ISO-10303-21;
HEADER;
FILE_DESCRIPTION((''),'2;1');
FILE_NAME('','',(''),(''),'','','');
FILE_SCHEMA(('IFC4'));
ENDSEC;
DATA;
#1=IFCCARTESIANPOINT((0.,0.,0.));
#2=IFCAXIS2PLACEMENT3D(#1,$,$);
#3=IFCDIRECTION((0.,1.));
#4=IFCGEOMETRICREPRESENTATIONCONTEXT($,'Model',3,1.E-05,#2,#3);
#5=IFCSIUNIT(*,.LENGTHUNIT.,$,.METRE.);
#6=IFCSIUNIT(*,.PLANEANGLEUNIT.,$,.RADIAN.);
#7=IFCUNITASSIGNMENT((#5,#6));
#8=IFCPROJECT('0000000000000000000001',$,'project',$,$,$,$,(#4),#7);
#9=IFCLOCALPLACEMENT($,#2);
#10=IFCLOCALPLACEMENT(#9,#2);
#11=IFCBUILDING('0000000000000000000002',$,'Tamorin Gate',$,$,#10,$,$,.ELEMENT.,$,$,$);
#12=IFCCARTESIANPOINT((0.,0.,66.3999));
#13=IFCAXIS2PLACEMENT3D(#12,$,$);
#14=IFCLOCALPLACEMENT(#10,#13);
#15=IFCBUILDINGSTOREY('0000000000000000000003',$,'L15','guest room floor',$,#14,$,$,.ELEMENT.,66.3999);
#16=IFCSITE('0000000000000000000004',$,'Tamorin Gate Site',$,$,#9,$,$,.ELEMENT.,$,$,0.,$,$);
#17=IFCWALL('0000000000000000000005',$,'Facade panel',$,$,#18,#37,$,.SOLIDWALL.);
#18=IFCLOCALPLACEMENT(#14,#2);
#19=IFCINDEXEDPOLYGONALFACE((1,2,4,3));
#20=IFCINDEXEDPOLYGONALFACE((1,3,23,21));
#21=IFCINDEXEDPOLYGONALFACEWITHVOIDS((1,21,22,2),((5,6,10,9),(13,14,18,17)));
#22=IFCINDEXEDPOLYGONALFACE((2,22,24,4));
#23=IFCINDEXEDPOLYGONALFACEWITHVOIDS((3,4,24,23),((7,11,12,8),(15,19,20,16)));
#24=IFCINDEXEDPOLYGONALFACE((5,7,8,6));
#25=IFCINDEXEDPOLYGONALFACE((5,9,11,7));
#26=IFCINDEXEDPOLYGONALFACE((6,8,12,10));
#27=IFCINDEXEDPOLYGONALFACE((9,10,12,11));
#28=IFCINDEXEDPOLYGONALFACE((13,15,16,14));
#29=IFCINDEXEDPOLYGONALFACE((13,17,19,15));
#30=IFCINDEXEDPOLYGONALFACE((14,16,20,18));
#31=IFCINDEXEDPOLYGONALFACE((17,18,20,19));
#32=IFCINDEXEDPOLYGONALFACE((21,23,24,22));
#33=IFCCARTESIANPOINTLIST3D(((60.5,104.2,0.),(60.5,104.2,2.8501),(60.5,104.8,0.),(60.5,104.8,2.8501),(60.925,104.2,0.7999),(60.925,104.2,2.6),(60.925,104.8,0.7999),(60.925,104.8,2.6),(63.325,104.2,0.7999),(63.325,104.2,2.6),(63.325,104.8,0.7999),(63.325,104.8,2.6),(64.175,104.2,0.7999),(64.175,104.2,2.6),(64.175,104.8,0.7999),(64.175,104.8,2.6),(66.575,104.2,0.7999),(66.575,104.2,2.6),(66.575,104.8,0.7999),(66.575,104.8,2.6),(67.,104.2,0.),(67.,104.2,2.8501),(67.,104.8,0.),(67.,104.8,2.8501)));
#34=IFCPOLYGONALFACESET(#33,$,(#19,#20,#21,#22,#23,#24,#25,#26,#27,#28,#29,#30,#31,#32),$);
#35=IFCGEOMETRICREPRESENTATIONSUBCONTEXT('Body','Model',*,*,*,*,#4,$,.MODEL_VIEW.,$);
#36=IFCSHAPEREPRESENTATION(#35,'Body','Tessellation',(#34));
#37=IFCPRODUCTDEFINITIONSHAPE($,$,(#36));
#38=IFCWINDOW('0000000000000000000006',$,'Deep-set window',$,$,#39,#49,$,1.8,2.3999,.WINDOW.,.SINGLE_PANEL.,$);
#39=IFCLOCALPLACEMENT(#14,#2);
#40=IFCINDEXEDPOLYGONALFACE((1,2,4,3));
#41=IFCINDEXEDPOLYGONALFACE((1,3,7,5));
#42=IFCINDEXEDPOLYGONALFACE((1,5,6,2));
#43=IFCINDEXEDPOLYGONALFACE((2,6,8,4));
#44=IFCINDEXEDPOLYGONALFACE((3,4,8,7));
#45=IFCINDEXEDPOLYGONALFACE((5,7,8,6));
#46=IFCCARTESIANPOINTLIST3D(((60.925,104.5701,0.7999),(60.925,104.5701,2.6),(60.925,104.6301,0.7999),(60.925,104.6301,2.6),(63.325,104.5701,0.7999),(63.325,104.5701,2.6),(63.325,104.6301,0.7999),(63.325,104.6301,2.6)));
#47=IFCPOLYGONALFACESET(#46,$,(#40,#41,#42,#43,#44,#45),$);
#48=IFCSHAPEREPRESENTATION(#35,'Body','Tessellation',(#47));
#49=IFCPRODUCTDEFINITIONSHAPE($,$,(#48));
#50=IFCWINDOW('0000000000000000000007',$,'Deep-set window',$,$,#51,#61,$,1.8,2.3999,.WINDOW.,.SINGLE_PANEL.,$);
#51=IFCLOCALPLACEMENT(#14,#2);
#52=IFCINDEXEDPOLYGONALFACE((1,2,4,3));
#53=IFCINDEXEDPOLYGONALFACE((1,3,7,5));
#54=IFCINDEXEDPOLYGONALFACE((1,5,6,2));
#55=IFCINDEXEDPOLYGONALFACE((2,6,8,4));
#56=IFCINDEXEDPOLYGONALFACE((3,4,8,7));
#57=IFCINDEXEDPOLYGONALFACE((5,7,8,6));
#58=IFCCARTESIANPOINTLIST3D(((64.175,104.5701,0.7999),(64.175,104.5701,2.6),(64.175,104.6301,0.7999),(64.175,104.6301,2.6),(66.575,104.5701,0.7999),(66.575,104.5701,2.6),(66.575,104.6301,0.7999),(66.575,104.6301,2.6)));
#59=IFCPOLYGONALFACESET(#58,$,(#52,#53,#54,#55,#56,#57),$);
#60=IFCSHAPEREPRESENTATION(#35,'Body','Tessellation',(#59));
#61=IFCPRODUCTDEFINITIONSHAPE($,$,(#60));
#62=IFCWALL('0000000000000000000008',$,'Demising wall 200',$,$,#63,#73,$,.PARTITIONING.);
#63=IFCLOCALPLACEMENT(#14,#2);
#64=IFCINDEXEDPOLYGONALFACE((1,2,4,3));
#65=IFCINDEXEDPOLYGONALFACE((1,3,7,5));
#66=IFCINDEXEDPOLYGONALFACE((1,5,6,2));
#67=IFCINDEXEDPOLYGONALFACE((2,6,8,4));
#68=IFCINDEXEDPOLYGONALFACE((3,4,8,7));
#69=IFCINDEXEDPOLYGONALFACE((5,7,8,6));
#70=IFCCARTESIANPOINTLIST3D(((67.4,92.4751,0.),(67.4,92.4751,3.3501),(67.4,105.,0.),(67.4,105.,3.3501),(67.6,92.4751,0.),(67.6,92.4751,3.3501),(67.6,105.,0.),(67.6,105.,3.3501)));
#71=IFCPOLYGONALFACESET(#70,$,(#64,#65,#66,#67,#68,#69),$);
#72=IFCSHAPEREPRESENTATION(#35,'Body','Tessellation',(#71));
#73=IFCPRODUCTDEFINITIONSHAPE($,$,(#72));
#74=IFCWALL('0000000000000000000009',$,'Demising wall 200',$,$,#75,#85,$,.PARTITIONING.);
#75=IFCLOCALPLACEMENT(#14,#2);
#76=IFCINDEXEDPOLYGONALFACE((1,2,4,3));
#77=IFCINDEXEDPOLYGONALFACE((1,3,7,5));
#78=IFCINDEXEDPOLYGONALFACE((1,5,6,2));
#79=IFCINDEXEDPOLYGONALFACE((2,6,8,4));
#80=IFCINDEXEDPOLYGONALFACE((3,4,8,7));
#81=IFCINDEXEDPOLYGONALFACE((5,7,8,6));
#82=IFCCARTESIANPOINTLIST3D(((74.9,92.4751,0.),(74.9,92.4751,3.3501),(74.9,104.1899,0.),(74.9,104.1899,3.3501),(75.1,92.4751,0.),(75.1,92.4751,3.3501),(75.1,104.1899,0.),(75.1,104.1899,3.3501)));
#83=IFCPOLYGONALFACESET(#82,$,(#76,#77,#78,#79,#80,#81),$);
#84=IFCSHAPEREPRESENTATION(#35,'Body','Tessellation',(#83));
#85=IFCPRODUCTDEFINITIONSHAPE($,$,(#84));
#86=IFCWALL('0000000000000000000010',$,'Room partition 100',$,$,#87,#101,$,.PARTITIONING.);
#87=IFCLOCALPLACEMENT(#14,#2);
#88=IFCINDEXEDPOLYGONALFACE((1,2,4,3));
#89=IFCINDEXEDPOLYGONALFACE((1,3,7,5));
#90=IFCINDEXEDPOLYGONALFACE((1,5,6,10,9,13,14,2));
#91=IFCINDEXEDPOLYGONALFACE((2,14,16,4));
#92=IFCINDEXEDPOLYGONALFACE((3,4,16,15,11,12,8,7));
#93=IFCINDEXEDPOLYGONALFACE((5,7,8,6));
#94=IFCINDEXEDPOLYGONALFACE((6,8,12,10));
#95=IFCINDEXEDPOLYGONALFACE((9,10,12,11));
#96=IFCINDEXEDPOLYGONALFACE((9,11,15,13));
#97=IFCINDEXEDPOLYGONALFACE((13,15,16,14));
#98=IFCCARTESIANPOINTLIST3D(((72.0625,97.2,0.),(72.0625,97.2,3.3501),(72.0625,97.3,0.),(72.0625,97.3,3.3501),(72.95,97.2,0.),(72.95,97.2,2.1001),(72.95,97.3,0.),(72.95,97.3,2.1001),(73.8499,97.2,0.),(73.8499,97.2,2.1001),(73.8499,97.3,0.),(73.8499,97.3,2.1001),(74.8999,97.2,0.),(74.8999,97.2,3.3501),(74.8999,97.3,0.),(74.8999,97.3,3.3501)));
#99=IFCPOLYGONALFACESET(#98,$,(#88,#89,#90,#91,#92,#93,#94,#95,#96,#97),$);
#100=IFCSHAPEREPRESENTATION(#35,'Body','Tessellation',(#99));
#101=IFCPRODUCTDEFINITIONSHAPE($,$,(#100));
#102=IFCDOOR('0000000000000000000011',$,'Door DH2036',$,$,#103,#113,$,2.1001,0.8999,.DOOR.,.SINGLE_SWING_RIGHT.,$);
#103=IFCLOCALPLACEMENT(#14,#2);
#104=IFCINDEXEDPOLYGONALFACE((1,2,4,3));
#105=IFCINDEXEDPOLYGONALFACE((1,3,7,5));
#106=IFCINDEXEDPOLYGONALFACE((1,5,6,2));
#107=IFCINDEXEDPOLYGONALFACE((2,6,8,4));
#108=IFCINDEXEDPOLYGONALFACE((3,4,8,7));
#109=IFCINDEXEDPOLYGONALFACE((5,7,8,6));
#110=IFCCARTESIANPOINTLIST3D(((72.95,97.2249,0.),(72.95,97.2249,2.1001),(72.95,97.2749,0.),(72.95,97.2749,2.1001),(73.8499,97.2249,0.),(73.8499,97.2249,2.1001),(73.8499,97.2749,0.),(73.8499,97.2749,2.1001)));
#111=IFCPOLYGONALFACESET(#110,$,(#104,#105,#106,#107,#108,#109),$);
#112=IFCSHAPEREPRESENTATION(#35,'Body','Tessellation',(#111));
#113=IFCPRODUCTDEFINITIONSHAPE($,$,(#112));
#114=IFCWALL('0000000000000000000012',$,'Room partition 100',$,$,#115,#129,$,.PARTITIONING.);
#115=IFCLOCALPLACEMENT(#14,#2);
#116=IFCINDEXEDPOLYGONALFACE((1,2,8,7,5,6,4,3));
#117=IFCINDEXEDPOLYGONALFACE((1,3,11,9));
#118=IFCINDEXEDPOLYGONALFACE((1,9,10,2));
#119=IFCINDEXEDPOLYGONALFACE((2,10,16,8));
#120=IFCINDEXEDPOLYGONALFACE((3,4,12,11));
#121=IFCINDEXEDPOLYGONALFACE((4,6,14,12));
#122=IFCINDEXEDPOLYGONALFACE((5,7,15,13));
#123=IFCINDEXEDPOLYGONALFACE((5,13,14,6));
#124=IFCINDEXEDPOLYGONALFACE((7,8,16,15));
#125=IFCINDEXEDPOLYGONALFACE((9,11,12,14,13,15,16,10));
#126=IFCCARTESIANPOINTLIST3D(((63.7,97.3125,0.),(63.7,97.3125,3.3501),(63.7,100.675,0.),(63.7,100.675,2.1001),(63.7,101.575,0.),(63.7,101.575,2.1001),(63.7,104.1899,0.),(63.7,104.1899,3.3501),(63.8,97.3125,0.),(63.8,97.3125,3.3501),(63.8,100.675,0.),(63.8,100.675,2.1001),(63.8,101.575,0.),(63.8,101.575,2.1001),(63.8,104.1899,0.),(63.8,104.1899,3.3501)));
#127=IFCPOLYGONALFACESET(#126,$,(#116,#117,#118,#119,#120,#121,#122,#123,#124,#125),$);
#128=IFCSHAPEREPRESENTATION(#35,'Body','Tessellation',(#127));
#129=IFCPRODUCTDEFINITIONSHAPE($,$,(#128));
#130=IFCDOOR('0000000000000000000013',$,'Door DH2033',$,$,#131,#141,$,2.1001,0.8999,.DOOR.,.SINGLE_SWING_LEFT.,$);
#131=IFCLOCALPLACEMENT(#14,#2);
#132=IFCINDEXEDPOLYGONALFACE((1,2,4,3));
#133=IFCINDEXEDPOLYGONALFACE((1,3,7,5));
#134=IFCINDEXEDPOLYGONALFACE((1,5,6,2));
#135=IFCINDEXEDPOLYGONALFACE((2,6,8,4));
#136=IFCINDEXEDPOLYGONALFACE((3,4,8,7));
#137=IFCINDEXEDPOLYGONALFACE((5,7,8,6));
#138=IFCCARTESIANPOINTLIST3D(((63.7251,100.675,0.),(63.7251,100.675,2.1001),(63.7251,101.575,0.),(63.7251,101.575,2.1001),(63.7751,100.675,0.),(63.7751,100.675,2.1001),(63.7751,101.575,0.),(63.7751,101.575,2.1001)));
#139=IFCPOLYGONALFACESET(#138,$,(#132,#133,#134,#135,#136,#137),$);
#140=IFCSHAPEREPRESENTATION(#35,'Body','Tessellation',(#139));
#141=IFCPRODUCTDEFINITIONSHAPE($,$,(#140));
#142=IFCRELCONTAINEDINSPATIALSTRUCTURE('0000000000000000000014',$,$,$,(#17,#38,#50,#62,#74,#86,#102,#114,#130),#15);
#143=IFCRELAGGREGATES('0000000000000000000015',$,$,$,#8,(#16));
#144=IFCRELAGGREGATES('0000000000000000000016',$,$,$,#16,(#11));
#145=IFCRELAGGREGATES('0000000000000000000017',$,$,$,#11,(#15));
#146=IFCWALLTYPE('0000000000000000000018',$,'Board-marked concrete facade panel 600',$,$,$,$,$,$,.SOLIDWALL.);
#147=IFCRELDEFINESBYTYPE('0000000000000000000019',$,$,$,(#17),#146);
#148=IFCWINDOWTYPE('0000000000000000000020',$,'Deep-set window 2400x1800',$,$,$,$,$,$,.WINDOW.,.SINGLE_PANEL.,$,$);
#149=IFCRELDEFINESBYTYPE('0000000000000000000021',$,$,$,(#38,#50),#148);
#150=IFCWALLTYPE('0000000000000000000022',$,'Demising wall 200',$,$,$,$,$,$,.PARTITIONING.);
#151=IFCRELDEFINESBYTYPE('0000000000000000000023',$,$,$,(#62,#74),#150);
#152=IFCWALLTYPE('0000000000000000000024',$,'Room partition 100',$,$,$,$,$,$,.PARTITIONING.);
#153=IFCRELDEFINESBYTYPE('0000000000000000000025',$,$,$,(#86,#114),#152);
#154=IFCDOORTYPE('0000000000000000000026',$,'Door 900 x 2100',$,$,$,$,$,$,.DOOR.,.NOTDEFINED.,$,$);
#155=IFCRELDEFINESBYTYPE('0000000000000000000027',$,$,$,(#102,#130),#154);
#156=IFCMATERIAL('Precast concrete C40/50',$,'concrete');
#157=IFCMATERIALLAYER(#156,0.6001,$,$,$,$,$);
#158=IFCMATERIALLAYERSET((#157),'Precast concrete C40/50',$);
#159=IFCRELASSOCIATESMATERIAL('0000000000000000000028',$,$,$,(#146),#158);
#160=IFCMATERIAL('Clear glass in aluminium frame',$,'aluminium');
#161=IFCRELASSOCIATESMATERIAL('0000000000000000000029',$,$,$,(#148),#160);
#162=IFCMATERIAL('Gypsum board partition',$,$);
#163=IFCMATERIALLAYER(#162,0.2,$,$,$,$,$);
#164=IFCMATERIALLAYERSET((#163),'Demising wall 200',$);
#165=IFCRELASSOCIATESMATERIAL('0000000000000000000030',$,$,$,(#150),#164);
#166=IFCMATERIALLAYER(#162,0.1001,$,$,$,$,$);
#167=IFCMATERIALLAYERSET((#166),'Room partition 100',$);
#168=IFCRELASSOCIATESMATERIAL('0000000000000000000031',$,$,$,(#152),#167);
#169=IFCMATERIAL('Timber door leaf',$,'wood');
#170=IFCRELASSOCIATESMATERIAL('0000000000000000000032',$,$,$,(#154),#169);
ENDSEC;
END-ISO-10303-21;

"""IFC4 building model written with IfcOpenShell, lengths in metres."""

from ifc_helpers import new_model, si_unit, direction, frame, frame_2d, origin, place, context, subcontext, project, spatial, rectangle, extrude, material, layer, layer_set, type_object, element, fill, save


model = new_model("IFC4")

# Units and contexts
model_context = context("Model", 3, precision=1e-05, world=origin(), true_north=direction((0.0, 1.0)))
body_context = subcontext(model_context, "Body", "Model", "MODEL_VIEW")
ifc_project = project(units=[si_unit("LENGTHUNIT", "METRE"), si_unit("PLANEANGLEUNIT", "RADIAN")], contexts=[model_context])

# Site, building, storey
site_placement = place(None, origin())
site = spatial("IfcSite", under=ifc_project, at=site_placement, Name="Tamorin Gate Site", CompositionType="ELEMENT", RefElevation=0.0)
building_placement = place(site_placement, origin())
building = spatial("IfcBuilding", under=site, at=building_placement, Name="Tamorin Gate", CompositionType="ELEMENT")
storey_placement = place(building_placement, frame((0.0, 0.0, 66.3999)))
storey = spatial("IfcBuildingStorey", under=building, at=storey_placement, Name="L15", Description="guest room floor", CompositionType="ELEMENT", Elevation=66.3999)

# Wall, openings, windows
ifc_material_1 = material(Name="Precast concrete C40/50", Category="concrete")
ifc_layer_1 = layer(ifc_material_1, 0.6001)
ifc_layer_set_1 = layer_set([ifc_layer_1], Name="Precast concrete C40/50")
wall_type_1 = type_object("IfcWallType", Name="Board-marked concrete facade panel 600", PredefinedType="SOLIDWALL", material=ifc_layer_set_1)
ifc_material_2 = material(Name="Clear glass in aluminium frame", Category="aluminium")
window_type = type_object("IfcWindowType", Name="Deep-set window 2400x1800", PartitioningType="SINGLE_PANEL", PredefinedType="WINDOW", material=ifc_material_2)
wall_1_placement = place(storey_placement, frame((67.0, 104.5, 0.0), z_axis=(0.0, 0.0, 1.0), x_axis=(-1.0, 0.0, 0.0)))
wall_1 = element("IfcWall", 1, at=wall_1_placement, inside=storey, type_object=wall_type_1, Name="Facade panel", PredefinedType="SOLIDWALL", context=body_context, shape_type="SweptSolid", body=[
    extrude(rectangle(XDim=6.5, YDim=0.6001, at=frame_2d((3.25, 0.0))), origin(), (0.0, 0.0, 1.0), 2.8501),
])
opening_1_placement = place(wall_1_placement, frame((3.675, 0.0, 0.8)))
opening_1 = element("IfcOpeningElement", 2, at=opening_1_placement, cuts=wall_1, PredefinedType="OPENING", context=body_context, shape_type="SweptSolid", body=[
    extrude(rectangle(XDim=2.3999, YDim=1.8, at=frame_2d((1.2, 0.8999))), frame((0.0, 0.3101, 0.0), z_axis=(0.0, -1.0, 0.0), x_axis=(1.0, 0.0, 0.0)), (0.0, 0.0, 1.0), 0.6201),
])
opening_2_placement = place(wall_1_placement, frame((0.425, 0.0, 0.8)))
opening_2 = element("IfcOpeningElement", 3, at=opening_2_placement, cuts=wall_1, PredefinedType="OPENING", context=body_context, shape_type="SweptSolid", body=[
    extrude(rectangle(XDim=2.3999, YDim=1.8, at=frame_2d((1.2, 0.8999))), frame((0.0, 0.3101, 0.0), z_axis=(0.0, -1.0, 0.0), x_axis=(1.0, 0.0, 0.0)), (0.0, 0.0, 1.0), 0.6201),
])
window_1_placement = place(opening_1_placement, origin())
window_1 = element("IfcWindow", 4, at=window_1_placement, inside=storey, type_object=window_type, Name="Deep-set window", OverallHeight=1.8, OverallWidth=2.3999, PartitioningType="SINGLE_PANEL", PredefinedType="WINDOW", context=body_context, shape_type="SweptSolid", body=[
    extrude(rectangle(XDim=2.3999, YDim=1.8, at=frame_2d((1.2, 0.8999))), frame((0.0, -0.0701, 0.0), z_axis=(0.0, -1.0, 0.0), x_axis=(1.0, 0.0, 0.0)), (0.0, 0.0, 1.0), 0.0601),
])
fill(opening_1, window_1)
window_2_placement = place(opening_2_placement, origin())
window_2 = element("IfcWindow", 5, at=window_2_placement, inside=storey, type_object=window_type, Name="Deep-set window", OverallHeight=1.8, OverallWidth=2.3999, PartitioningType="SINGLE_PANEL", PredefinedType="WINDOW", context=body_context, shape_type="SweptSolid", body=[
    extrude(rectangle(XDim=2.3999, YDim=1.8, at=frame_2d((1.2, 0.8999))), frame((0.0, -0.0701, 0.0), z_axis=(0.0, -1.0, 0.0), x_axis=(1.0, 0.0, 0.0)), (0.0, 0.0, 1.0), 0.0601),
])
fill(opening_2, window_2)

# Walls
ifc_material_3 = material(Name="Gypsum board partition")
ifc_layer_2 = layer(ifc_material_3, 0.2)
ifc_layer_set_2 = layer_set([ifc_layer_2], Name="Demising wall 200")
wall_type_2 = type_object("IfcWallType", Name="Demising wall 200", PredefinedType="PARTITIONING", material=ifc_layer_set_2)
wall_2_placement = place(storey_placement, frame((67.5, 92.4751, 0.0), z_axis=(0.0, 0.0, 1.0), x_axis=(0.0, 1.0, 0.0)))
element("IfcWall", 6, at=wall_2_placement, inside=storey, type_object=wall_type_2, Name="Demising wall 200", PredefinedType="PARTITIONING", context=body_context, shape_type="SweptSolid", body=[
    extrude(rectangle(XDim=12.5249, YDim=0.2, at=frame_2d((6.2625, 0.0))), origin(), (0.0, 0.0, 1.0), 3.3501),
])
wall_3_placement = place(storey_placement, frame((75.0, 92.4751, 0.0), z_axis=(0.0, 0.0, 1.0), x_axis=(0.0, 1.0, 0.0)))
element("IfcWall", 7, at=wall_3_placement, inside=storey, type_object=wall_type_2, Name="Demising wall 200", PredefinedType="PARTITIONING", context=body_context, shape_type="SweptSolid", body=[
    extrude(rectangle(XDim=11.7148, YDim=0.2, at=frame_2d((5.8574, 0.0))), origin(), (0.0, 0.0, 1.0), 3.3501),
])

# Walls, openings, doors
ifc_layer_3 = layer(ifc_material_3, 0.1001)
ifc_layer_set_3 = layer_set([ifc_layer_3], Name="Room partition 100")
wall_type_3 = type_object("IfcWallType", Name="Room partition 100", PredefinedType="PARTITIONING", material=ifc_layer_set_3)
wall_4_placement = place(storey_placement, frame((72.0625, 97.25, 0.0), z_axis=(0.0, 0.0, 1.0), x_axis=(1.0, 0.0, 0.0)))
wall_4 = element("IfcWall", 8, at=wall_4_placement, inside=storey, type_object=wall_type_3, Name="Room partition 100", PredefinedType="PARTITIONING", context=body_context, shape_type="SweptSolid", body=[
    extrude(rectangle(XDim=2.8374, YDim=0.1001, at=frame_2d((1.4187, 0.0))), origin(), (0.0, 0.0, 1.0), 3.3501),
])
opening_3_placement = place(wall_4_placement, frame((0.8875, 0.0, 0.0)))
opening_3 = element("IfcOpeningElement", 9, at=opening_3_placement, cuts=wall_4, PredefinedType="OPENING", context=body_context, shape_type="SweptSolid", body=[
    extrude(rectangle(XDim=0.8999, YDim=2.1001, at=frame_2d((0.45, 1.05))), frame((0.0, 0.0601, 0.0), z_axis=(0.0, -1.0, 0.0), x_axis=(1.0, 0.0, 0.0)), (0.0, 0.0, 1.0), 0.1201),
])
ifc_material_4 = material(Name="Timber door leaf", Category="wood")
door_type = type_object("IfcDoorType", Name="Door 900 x 2100", OperationType="NOTDEFINED", PredefinedType="DOOR", material=ifc_material_4)
door_1_placement = place(opening_3_placement, origin())
door_1 = element("IfcDoor", 10, at=door_1_placement, inside=storey, type_object=door_type, Name="Door DH2036", OperationType="SINGLE_SWING_RIGHT", OverallHeight=2.1001, OverallWidth=0.8999, PredefinedType="DOOR", context=body_context, shape_type="SweptSolid", body=[
    extrude(rectangle(XDim=0.8999, YDim=2.1001, at=frame_2d((0.45, 1.05))), frame((0.0, 0.0249, 0.0), z_axis=(0.0, -1.0, 0.0), x_axis=(1.0, 0.0, 0.0)), (0.0, 0.0, 1.0), 0.05),
])
fill(opening_3, door_1)
wall_5_placement = place(storey_placement, frame((63.75, 97.3125, 0.0), z_axis=(0.0, 0.0, 1.0), x_axis=(0.0, 1.0, 0.0)))
wall_5 = element("IfcWall", 11, at=wall_5_placement, inside=storey, type_object=wall_type_3, Name="Room partition 100", PredefinedType="PARTITIONING", context=body_context, shape_type="SweptSolid", body=[
    extrude(rectangle(XDim=6.8774, YDim=0.1001, at=frame_2d((3.4387, 0.0))), origin(), (0.0, 0.0, 1.0), 3.3501),
])
opening_4_placement = place(wall_5_placement, frame((3.3625, 0.0, 0.0)))
opening_4 = element("IfcOpeningElement", 12, at=opening_4_placement, cuts=wall_5, PredefinedType="OPENING", context=body_context, shape_type="SweptSolid", body=[
    extrude(rectangle(XDim=0.8999, YDim=2.1001, at=frame_2d((0.45, 1.05))), frame((0.0, 0.0601, 0.0), z_axis=(0.0, -1.0, 0.0), x_axis=(1.0, 0.0, 0.0)), (0.0, 0.0, 1.0), 0.1201),
])
door_2_placement = place(opening_4_placement, origin())
door_2 = element("IfcDoor", 13, at=door_2_placement, inside=storey, type_object=door_type, Name="Door DH2033", OperationType="SINGLE_SWING_LEFT", OverallHeight=2.1001, OverallWidth=0.8999, PredefinedType="DOOR", context=body_context, shape_type="SweptSolid", body=[
    extrude(rectangle(XDim=0.8999, YDim=2.1001, at=frame_2d((0.45, 1.05))), frame((0.0, 0.0249, 0.0), z_axis=(0.0, -1.0, 0.0), x_axis=(1.0, 0.0, 0.0)), (0.0, 0.0, 1.0), 0.05),
])
fill(opening_4, door_2)

save(model, "model.ifc")
